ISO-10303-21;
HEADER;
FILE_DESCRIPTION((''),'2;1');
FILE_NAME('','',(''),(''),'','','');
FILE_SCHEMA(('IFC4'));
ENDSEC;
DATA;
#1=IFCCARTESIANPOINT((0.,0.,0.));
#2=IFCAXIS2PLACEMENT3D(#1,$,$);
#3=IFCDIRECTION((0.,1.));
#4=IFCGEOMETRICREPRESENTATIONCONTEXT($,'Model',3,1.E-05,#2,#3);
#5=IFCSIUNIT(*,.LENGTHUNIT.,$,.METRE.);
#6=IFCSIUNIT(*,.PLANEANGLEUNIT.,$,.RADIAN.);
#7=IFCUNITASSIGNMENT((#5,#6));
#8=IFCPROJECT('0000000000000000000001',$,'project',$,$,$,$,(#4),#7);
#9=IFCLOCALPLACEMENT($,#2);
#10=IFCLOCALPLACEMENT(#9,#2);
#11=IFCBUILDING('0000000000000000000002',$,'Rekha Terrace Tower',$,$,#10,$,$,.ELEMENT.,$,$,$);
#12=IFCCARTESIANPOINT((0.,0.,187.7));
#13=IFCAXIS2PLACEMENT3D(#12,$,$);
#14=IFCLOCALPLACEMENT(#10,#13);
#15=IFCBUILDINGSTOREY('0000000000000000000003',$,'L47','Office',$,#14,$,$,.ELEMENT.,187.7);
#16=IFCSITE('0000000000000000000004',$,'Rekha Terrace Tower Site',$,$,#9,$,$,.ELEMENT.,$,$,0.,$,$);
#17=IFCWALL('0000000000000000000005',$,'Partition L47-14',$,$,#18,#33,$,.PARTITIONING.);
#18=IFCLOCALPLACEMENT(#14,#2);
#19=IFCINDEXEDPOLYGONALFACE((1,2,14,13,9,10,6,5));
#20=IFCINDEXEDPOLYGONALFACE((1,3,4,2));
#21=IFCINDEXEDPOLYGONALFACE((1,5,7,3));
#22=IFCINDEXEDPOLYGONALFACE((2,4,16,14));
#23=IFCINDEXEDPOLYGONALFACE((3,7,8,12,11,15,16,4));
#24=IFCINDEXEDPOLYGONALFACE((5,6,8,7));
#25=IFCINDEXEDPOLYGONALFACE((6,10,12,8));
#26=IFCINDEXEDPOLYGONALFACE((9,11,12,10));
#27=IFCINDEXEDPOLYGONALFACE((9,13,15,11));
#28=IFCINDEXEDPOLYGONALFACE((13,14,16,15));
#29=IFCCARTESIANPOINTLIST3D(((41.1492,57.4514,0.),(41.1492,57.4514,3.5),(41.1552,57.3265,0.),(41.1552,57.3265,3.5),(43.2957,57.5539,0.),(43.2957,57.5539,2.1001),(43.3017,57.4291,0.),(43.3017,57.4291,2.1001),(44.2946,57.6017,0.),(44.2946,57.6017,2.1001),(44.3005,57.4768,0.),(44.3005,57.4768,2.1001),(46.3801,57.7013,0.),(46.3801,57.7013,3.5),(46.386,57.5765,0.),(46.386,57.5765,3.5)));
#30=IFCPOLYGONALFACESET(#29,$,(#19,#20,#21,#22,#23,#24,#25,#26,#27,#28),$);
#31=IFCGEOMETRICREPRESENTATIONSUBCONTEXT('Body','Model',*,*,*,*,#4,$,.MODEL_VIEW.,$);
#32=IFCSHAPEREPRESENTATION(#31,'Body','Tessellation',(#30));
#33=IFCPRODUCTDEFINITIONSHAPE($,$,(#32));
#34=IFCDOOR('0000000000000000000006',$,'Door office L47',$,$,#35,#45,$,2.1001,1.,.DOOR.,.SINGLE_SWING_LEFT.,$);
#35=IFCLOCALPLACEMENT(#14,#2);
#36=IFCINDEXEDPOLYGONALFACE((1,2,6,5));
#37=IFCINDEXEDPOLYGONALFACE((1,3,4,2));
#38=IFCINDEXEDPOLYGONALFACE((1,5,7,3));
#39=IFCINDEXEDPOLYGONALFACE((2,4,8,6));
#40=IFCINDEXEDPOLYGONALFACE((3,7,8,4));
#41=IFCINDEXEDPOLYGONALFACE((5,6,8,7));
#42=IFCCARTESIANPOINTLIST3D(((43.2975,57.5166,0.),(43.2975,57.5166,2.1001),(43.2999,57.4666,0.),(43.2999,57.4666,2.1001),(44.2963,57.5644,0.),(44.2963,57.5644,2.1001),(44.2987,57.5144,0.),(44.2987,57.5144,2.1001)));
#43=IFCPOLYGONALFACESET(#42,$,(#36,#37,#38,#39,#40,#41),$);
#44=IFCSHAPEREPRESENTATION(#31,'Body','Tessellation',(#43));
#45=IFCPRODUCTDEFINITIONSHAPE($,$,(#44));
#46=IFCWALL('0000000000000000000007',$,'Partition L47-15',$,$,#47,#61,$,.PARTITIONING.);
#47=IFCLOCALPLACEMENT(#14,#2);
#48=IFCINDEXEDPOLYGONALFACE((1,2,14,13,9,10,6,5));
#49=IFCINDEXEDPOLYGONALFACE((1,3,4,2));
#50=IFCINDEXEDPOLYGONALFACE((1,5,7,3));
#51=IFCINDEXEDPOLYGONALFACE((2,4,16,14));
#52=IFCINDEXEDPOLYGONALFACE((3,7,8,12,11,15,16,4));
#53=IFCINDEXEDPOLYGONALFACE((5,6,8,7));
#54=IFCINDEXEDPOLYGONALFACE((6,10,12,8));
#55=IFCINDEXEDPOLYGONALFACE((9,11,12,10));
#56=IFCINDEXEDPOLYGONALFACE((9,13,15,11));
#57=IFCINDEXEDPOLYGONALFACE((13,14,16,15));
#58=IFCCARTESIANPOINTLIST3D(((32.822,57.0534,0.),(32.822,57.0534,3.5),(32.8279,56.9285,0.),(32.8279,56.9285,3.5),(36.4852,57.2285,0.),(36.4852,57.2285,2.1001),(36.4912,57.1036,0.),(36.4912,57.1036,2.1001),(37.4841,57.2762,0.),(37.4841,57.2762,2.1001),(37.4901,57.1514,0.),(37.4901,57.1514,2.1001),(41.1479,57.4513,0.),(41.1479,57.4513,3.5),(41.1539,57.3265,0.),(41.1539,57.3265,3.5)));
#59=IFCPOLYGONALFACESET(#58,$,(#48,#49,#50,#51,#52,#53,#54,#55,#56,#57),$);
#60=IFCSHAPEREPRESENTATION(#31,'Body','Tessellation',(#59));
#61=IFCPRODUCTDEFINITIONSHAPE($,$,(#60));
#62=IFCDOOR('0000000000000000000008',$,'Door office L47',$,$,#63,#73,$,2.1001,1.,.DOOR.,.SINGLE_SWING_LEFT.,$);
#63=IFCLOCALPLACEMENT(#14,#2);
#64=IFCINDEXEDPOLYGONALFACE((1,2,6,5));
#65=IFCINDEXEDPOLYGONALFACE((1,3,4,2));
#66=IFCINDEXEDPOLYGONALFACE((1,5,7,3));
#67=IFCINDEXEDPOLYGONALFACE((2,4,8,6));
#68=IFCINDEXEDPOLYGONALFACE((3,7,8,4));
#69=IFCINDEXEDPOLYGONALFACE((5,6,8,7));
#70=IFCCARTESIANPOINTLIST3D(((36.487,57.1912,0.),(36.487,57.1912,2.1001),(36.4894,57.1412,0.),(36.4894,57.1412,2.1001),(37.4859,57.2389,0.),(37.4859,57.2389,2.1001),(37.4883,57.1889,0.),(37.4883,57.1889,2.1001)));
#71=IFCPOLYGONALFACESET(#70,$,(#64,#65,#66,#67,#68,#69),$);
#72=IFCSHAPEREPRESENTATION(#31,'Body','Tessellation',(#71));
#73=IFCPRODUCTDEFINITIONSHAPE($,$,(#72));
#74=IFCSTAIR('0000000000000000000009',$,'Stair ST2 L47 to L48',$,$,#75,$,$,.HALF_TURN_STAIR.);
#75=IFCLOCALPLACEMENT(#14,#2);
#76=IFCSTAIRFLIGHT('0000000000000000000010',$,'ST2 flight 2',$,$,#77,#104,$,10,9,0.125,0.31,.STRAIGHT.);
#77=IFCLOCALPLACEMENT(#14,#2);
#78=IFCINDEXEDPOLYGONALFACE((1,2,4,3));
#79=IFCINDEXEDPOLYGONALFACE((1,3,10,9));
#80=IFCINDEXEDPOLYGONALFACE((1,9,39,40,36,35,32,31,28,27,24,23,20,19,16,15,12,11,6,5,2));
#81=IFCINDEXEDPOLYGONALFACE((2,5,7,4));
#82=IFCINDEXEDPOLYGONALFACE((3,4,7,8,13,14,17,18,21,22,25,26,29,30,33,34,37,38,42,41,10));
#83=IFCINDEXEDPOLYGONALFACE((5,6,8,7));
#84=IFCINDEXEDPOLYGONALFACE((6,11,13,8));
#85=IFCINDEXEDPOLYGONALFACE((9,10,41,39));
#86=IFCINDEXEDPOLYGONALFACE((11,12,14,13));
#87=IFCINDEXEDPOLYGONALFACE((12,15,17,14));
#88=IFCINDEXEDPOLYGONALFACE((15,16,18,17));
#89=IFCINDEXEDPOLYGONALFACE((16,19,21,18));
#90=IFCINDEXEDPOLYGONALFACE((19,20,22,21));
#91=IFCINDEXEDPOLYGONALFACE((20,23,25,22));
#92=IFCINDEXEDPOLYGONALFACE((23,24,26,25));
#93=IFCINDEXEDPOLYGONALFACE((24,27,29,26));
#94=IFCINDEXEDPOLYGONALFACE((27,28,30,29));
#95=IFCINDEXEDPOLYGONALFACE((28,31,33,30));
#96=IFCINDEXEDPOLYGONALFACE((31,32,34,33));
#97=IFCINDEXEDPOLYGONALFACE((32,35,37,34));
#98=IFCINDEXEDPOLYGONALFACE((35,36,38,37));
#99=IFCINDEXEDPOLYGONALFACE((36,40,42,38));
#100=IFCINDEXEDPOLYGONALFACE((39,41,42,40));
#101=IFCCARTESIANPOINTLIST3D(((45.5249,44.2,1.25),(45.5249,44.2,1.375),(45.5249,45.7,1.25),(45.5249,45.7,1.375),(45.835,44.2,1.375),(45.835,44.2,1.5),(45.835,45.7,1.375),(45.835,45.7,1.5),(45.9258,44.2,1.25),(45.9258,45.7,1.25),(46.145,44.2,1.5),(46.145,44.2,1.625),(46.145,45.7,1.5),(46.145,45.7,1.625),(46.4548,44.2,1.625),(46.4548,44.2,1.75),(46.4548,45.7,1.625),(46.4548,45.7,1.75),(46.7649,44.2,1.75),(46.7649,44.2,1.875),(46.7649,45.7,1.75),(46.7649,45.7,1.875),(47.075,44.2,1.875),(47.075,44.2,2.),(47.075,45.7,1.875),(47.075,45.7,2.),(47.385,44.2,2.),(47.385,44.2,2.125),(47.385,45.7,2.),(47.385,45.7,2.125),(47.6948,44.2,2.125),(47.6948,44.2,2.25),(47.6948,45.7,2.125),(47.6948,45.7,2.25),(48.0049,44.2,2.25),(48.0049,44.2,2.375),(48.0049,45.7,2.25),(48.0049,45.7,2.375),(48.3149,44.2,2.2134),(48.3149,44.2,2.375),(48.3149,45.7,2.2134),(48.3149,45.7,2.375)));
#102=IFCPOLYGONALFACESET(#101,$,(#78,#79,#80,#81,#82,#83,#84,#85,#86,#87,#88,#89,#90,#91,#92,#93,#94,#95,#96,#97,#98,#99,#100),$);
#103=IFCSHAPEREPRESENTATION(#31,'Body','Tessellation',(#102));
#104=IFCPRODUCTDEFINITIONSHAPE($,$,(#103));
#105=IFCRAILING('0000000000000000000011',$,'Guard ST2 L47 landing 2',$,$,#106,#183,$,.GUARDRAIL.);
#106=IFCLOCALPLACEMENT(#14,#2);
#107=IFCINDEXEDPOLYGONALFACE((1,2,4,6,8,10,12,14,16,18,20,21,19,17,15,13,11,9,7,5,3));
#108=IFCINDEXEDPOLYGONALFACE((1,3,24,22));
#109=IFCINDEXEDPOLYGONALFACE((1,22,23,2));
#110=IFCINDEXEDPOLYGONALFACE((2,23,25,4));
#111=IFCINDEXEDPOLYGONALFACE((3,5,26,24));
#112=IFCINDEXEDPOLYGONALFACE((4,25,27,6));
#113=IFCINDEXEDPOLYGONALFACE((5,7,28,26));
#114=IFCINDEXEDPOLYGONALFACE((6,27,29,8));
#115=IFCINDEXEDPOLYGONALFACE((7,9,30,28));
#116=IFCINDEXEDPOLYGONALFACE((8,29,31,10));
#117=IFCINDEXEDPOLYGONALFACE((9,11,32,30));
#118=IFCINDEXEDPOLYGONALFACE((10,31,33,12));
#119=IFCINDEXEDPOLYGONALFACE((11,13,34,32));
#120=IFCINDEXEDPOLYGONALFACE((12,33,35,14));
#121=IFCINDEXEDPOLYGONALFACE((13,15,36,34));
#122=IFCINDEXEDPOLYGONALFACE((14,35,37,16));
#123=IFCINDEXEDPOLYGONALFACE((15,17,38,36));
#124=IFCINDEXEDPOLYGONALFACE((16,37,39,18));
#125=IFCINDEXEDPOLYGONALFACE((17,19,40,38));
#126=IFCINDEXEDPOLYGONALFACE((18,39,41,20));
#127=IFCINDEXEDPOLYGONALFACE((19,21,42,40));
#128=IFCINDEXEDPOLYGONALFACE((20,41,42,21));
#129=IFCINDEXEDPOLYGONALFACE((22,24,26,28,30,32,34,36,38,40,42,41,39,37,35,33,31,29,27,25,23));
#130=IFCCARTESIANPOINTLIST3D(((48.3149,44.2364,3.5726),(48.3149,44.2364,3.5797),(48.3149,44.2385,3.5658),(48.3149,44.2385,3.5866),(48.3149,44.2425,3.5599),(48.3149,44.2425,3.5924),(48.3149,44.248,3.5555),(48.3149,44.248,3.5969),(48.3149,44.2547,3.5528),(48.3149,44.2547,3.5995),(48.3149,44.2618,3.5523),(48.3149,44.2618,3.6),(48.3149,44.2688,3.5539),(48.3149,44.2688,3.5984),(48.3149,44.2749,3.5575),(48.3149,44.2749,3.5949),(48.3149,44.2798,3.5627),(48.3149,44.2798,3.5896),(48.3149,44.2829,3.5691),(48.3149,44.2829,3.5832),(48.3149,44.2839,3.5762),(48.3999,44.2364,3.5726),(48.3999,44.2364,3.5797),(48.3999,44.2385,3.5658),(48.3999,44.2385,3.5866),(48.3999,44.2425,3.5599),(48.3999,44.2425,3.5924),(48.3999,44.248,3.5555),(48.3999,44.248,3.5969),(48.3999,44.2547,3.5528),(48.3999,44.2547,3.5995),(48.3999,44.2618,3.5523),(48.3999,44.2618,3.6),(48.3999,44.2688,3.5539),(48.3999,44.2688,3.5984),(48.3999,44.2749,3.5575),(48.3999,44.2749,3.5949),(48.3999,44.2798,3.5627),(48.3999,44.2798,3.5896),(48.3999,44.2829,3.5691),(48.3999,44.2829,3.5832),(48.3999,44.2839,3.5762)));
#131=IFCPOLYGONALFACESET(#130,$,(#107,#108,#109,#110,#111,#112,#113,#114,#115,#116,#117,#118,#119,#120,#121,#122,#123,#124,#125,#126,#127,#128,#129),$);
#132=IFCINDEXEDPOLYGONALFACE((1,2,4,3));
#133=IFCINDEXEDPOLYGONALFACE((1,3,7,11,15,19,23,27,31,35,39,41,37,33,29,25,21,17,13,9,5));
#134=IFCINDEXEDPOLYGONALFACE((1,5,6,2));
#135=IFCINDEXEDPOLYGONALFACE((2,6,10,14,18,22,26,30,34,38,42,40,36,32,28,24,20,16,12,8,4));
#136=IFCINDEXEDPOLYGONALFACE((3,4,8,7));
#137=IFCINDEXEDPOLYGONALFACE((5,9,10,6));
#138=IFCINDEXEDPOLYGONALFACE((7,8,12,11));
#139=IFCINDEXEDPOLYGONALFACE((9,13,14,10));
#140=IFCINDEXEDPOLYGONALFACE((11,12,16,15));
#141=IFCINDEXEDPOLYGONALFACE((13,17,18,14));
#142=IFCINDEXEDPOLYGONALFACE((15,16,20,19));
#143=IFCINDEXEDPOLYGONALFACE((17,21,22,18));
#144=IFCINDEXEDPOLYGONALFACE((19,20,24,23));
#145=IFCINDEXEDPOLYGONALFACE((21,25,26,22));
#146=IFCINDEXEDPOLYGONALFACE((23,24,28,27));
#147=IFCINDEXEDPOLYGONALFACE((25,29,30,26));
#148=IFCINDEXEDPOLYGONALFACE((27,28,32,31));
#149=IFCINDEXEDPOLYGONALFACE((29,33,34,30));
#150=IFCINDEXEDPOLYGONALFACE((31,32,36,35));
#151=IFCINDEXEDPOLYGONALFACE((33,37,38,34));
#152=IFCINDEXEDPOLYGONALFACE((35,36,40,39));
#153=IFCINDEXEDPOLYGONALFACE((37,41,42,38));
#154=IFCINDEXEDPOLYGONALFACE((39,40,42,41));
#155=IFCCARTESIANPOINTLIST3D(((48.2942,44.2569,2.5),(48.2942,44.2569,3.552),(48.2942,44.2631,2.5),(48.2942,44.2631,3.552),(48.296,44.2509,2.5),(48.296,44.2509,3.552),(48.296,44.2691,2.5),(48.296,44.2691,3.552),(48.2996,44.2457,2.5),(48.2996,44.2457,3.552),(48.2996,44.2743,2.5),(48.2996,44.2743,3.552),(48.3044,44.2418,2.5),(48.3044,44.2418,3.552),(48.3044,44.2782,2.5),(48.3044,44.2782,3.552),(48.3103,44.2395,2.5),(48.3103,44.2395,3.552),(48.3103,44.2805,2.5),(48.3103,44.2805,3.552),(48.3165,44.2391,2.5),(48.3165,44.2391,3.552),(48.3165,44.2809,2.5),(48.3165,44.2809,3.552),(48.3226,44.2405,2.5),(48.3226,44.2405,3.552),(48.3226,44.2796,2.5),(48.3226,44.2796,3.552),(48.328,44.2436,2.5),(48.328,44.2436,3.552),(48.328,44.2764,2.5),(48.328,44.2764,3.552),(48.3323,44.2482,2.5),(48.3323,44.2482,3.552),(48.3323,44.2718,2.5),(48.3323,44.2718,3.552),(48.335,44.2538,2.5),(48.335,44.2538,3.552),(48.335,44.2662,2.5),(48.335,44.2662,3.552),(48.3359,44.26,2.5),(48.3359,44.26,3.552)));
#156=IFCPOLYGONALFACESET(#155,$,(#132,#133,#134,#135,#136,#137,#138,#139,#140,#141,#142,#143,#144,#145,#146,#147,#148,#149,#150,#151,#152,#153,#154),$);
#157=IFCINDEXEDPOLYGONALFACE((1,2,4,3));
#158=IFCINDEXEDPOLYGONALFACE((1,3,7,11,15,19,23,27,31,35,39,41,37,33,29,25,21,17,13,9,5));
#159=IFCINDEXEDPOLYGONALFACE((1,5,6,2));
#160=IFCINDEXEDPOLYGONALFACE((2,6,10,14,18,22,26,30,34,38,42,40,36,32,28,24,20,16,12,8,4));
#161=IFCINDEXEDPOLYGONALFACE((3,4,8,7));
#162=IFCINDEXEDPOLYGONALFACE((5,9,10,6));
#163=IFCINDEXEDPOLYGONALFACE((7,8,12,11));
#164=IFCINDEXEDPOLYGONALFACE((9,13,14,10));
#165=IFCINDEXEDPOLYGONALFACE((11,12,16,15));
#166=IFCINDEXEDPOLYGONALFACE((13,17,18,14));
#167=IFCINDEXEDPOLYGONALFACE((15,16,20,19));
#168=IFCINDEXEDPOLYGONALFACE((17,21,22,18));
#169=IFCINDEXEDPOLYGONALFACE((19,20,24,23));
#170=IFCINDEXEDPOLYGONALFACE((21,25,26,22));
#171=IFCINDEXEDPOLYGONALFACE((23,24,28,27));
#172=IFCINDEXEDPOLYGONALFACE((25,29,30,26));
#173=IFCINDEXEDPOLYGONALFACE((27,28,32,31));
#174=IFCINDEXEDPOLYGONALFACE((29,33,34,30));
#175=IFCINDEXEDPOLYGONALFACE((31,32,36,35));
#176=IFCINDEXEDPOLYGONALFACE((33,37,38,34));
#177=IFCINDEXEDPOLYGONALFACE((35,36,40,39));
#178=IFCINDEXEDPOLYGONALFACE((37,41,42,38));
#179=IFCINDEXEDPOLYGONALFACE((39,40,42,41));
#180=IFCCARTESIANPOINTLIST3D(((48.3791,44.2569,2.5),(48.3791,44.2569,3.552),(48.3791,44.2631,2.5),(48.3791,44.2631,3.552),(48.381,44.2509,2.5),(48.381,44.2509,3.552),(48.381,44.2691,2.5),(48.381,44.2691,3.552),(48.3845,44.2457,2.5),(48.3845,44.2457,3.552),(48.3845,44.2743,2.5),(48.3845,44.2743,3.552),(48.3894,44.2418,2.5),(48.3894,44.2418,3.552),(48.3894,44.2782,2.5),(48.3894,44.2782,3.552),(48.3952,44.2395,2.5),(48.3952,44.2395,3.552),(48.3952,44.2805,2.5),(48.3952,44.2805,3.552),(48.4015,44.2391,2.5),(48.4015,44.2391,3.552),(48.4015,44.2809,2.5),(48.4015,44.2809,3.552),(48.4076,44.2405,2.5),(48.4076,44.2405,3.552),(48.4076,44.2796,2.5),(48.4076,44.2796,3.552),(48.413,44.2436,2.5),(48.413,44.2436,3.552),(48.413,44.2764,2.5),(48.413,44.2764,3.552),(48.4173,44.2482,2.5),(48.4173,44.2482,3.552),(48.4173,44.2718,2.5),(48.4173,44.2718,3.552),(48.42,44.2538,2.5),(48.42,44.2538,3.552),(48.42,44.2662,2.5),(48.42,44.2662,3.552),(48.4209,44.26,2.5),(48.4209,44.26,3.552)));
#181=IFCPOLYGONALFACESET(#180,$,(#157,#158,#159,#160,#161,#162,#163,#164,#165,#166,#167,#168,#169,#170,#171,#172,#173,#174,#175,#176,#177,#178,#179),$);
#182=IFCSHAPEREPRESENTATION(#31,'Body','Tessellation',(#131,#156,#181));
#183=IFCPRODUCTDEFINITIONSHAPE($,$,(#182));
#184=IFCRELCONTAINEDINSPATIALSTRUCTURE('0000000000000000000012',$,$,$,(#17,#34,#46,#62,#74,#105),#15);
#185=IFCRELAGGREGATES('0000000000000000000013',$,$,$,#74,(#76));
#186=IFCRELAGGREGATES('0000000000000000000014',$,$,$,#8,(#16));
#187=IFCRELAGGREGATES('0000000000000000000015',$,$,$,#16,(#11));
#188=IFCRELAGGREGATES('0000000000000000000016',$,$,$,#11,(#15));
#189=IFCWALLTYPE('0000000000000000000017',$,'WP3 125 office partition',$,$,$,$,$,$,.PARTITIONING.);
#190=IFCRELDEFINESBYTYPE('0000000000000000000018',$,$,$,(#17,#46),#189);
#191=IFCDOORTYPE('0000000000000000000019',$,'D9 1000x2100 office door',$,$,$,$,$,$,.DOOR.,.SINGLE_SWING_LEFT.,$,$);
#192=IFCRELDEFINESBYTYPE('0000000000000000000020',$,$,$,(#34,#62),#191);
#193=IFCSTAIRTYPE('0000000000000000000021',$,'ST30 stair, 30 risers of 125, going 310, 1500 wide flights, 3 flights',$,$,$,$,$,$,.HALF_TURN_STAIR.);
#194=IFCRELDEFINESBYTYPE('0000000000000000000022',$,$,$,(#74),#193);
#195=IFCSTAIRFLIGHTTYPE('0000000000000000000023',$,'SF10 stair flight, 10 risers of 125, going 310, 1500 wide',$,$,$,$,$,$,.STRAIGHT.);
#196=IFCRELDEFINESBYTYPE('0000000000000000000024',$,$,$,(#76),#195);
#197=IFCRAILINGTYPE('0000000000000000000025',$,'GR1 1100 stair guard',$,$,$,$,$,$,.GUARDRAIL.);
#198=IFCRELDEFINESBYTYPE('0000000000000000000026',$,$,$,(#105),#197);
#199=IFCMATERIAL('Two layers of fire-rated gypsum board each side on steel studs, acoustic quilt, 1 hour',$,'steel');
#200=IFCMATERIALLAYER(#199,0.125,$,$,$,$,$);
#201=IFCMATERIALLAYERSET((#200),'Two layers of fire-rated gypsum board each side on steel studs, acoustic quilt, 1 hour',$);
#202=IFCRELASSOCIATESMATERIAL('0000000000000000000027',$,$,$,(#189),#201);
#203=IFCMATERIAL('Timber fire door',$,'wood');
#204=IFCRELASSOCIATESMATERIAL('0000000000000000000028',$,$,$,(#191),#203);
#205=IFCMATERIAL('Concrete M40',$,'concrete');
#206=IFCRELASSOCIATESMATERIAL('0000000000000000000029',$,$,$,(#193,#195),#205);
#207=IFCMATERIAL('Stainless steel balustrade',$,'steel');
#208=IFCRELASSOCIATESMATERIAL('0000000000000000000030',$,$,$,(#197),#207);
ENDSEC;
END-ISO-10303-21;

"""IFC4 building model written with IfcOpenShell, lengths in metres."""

from ifc_helpers import new_model, si_unit, direction, frame, frame_2d, origin, origin_2d, place, context, subcontext, project, spatial, polyline, rectangle, circle, outline, extrude, material, layer, layer_set, type_object, element, fill, aggregate, save


model = new_model("IFC4")

# Units and contexts
model_context = context("Model", 3, precision=1e-05, world=origin(), true_north=direction((0.0, 1.0)))
body_context = subcontext(model_context, "Body", "Model", "MODEL_VIEW")
ifc_project = project(units=[si_unit("LENGTHUNIT", "METRE"), si_unit("PLANEANGLEUNIT", "RADIAN")], contexts=[model_context])

# Site, building, storey
site_placement = place(None, origin())
site = spatial("IfcSite", under=ifc_project, at=site_placement, Name="Rekha Terrace Tower Site", CompositionType="ELEMENT", RefElevation=0.0)
building_placement = place(site_placement, origin())
building = spatial("IfcBuilding", under=site, at=building_placement, Name="Rekha Terrace Tower", CompositionType="ELEMENT")
storey_placement = place(building_placement, frame((0.0, 0.0, 187.7)))
storey = spatial("IfcBuildingStorey", under=building, at=storey_placement, Name="L47", Description="Office", CompositionType="ELEMENT", Elevation=187.7)

# Shared definitions
ifc_material_1 = material(Name="Two layers of fire-rated gypsum board each side on steel studs, acoustic quilt, 1 hour", Category="steel")
ifc_layer_1 = layer(ifc_material_1, 0.125)
ifc_layer_set_1 = layer_set([ifc_layer_1], Name="Two layers of fire-rated gypsum board each side on steel studs, acoustic quilt, 1 hour")
wall_type_1 = type_object("IfcWallType", Name="WP3 125 office partition", PredefinedType="PARTITIONING", material=ifc_layer_set_1)
ifc_material_2 = material(Name="Timber fire door", Category="wood")
door_type_1 = type_object("IfcDoorType", Name="D9 1000x2100 office door", OperationType="SINGLE_SWING_LEFT", PredefinedType="DOOR", material=ifc_material_2)

# Walls, openings, doors
wall_1_placement = place(storey_placement, frame((46.3831, 57.6389, 0.0), z_axis=(0.0, 0.0, 1.0), x_axis=(-0.99886, -0.047738, 0.0)))
wall_1 = element("IfcWall", 1, at=wall_1_placement, inside=storey, type_object=wall_type_1, Name="Partition L47-14", PredefinedType="PARTITIONING", context=body_context, shape_type="SweptSolid", body=[
    extrude(rectangle(XDim=5.2368, YDim=0.125, at=frame_2d((2.6184, 0.0))), origin(), (0.0, 0.0, 1.0), 3.5),
])
opening_1_placement = place(wall_1_placement, frame((2.0879, 0.0, 0.0)))
opening_1 = element("IfcOpeningElement", 2, at=opening_1_placement, cuts=wall_1, PredefinedType="OPENING", context=body_context, shape_type="SweptSolid", body=[
    extrude(rectangle(XDim=1.0, YDim=2.1001, at=frame_2d((0.5, 1.05))), frame((0.0, 0.0725, 0.0), z_axis=(0.0, -1.0, 0.0), x_axis=(1.0, 0.0, 0.0)), (0.0, 0.0, 1.0), 0.145),
])
door_1_placement = place(opening_1_placement, origin())
door_1 = element("IfcDoor", 3, at=door_1_placement, inside=storey, type_object=door_type_1, Name="Door office L47", OperationType="SINGLE_SWING_LEFT", OverallHeight=2.1001, OverallWidth=1.0, PredefinedType="DOOR", context=body_context, shape_type="SweptSolid", body=[
    extrude(rectangle(XDim=1.0, YDim=2.1001, at=frame_2d((0.5, 1.05))), frame((0.0, 0.0249, 0.0), z_axis=(0.0, -1.0, 0.0), x_axis=(1.0, 0.0, 0.0)), (0.0, 0.0, 1.0), 0.05),
])
fill(opening_1, door_1)
wall_2_placement = place(storey_placement, frame((41.1509, 57.3889, 0.0), z_axis=(0.0, 0.0, 1.0), x_axis=(-0.99886, -0.047742, 0.0)))
wall_2 = element("IfcWall", 4, at=wall_2_placement, inside=storey, type_object=wall_type_1, Name="Partition L47-15", PredefinedType="PARTITIONING", context=body_context, shape_type="SweptSolid", body=[
    extrude(rectangle(XDim=8.3354, YDim=0.125, at=frame_2d((4.1677, 0.0))), origin(), (0.0, 0.0, 1.0), 3.5),
])
opening_2_placement = place(wall_2_placement, frame((3.668, 0.0, 0.0)))
opening_2 = element("IfcOpeningElement", 5, at=opening_2_placement, cuts=wall_2, PredefinedType="OPENING", context=body_context, shape_type="SweptSolid", body=[
    extrude(rectangle(XDim=1.0, YDim=2.1001, at=frame_2d((0.5, 1.05))), frame((0.0, 0.0725, 0.0), z_axis=(0.0, -1.0, 0.0), x_axis=(1.0, 0.0, 0.0)), (0.0, 0.0, 1.0), 0.145),
])
door_2_placement = place(opening_2_placement, origin())
door_2 = element("IfcDoor", 6, at=door_2_placement, inside=storey, type_object=door_type_1, Name="Door office L47", OperationType="SINGLE_SWING_LEFT", OverallHeight=2.1001, OverallWidth=1.0, PredefinedType="DOOR", context=body_context, shape_type="SweptSolid", body=[
    extrude(rectangle(XDim=1.0, YDim=2.1001, at=frame_2d((0.5, 1.05))), frame((0.0, 0.0249, 0.0), z_axis=(0.0, -1.0, 0.0), x_axis=(1.0, 0.0, 0.0)), (0.0, 0.0, 1.0), 0.05),
])
fill(opening_2, door_2)

# Stair, stair flight
ifc_material_3 = material(Name="Concrete M40", Category="concrete")
stair_type = type_object("IfcStairType", Name="ST30 stair, 30 risers of 125, going 310, 1500 wide flights, 3 flights", PredefinedType="HALF_TURN_STAIR", material=ifc_material_3)
stair_placement = place(storey_placement, origin())
stair = element("IfcStair", 7, at=stair_placement, inside=storey, type_object=stair_type, Name="Stair ST2 L47 to L48", PredefinedType="HALF_TURN_STAIR")
stair_flight_type = type_object("IfcStairFlightType", Name="SF10 stair flight, 10 risers of 125, going 310, 1500 wide", PredefinedType="STRAIGHT", material=ifc_material_3)
stair_flight_placement = place(storey_placement, frame((45.5249, 44.95, 1.25), z_axis=(0.0, 0.0, 1.0), x_axis=(1.0, 0.0, 0.0)))
stair_flight = element("IfcStairFlight", 8, at=stair_flight_placement, type_object=stair_flight_type, Name="ST2 flight 2", NumberOfRisers=10, NumberOfTreads=9, PredefinedType="STRAIGHT", RiserHeight=0.125, TreadLength=0.31, context=body_context, shape_type="SweptSolid", body=[
    extrude(outline(polyline([(0.0, 0.0), (0.0, 0.125), (0.3101, 0.125), (0.3101, 0.25), (0.6201, 0.25), (0.6201, 0.375), (0.9299, 0.375), (0.9299, 0.5), (1.24, 0.5), (1.24, 0.625), (1.55, 0.625), (1.55, 0.75), (1.8601, 0.75), (1.8601, 0.875), (2.1699, 0.875), (2.1699, 1.0), (2.48, 1.0), (2.48, 1.125), (2.79, 1.125), (2.79, 1.25), (2.79, 0.9634), (0.4009, 0.0), (0.0, 0.0)])), frame((0.0, 0.75, 0.0), z_axis=(0.0, -1.0, 0.0), x_axis=(1.0, 0.0, 0.0)), (0.0, 0.0, 1.0), 1.5),
])
aggregate(stair, [stair_flight])

# Railing
ifc_material_4 = material(Name="Stainless steel balustrade", Category="steel")
railing_type_1 = type_object("IfcRailingType", Name="GR1 1100 stair guard", PredefinedType="GUARDRAIL", material=ifc_material_4)
railing_1_placement = place(storey_placement, frame((48.3149, 44.26, 2.5)))
element("IfcRailing", 9, at=railing_1_placement, inside=storey, type_object=railing_type_1, Name="Guard ST2 L47 landing 2", PredefinedType="GUARDRAIL", context=body_context, shape_type="SweptSolid", body=[
    extrude(circle(Radius=0.0239, at=origin_2d()), frame((0.0, 0.0, 1.0762), z_axis=(1.0, 0.0, 0.0), x_axis=(0.0, 1.0, 0.0)), (0.0, 0.0, 1.0), 0.085),
    extrude(circle(Radius=0.021, at=origin_2d()), origin(), (0.0, 0.0, 1.0), 1.052),
    extrude(circle(Radius=0.021, at=origin_2d()), frame((0.085, 0.0, 0.0)), (0.0, 0.0, 1.0), 1.052),
])

save(model, "model.ifc")
